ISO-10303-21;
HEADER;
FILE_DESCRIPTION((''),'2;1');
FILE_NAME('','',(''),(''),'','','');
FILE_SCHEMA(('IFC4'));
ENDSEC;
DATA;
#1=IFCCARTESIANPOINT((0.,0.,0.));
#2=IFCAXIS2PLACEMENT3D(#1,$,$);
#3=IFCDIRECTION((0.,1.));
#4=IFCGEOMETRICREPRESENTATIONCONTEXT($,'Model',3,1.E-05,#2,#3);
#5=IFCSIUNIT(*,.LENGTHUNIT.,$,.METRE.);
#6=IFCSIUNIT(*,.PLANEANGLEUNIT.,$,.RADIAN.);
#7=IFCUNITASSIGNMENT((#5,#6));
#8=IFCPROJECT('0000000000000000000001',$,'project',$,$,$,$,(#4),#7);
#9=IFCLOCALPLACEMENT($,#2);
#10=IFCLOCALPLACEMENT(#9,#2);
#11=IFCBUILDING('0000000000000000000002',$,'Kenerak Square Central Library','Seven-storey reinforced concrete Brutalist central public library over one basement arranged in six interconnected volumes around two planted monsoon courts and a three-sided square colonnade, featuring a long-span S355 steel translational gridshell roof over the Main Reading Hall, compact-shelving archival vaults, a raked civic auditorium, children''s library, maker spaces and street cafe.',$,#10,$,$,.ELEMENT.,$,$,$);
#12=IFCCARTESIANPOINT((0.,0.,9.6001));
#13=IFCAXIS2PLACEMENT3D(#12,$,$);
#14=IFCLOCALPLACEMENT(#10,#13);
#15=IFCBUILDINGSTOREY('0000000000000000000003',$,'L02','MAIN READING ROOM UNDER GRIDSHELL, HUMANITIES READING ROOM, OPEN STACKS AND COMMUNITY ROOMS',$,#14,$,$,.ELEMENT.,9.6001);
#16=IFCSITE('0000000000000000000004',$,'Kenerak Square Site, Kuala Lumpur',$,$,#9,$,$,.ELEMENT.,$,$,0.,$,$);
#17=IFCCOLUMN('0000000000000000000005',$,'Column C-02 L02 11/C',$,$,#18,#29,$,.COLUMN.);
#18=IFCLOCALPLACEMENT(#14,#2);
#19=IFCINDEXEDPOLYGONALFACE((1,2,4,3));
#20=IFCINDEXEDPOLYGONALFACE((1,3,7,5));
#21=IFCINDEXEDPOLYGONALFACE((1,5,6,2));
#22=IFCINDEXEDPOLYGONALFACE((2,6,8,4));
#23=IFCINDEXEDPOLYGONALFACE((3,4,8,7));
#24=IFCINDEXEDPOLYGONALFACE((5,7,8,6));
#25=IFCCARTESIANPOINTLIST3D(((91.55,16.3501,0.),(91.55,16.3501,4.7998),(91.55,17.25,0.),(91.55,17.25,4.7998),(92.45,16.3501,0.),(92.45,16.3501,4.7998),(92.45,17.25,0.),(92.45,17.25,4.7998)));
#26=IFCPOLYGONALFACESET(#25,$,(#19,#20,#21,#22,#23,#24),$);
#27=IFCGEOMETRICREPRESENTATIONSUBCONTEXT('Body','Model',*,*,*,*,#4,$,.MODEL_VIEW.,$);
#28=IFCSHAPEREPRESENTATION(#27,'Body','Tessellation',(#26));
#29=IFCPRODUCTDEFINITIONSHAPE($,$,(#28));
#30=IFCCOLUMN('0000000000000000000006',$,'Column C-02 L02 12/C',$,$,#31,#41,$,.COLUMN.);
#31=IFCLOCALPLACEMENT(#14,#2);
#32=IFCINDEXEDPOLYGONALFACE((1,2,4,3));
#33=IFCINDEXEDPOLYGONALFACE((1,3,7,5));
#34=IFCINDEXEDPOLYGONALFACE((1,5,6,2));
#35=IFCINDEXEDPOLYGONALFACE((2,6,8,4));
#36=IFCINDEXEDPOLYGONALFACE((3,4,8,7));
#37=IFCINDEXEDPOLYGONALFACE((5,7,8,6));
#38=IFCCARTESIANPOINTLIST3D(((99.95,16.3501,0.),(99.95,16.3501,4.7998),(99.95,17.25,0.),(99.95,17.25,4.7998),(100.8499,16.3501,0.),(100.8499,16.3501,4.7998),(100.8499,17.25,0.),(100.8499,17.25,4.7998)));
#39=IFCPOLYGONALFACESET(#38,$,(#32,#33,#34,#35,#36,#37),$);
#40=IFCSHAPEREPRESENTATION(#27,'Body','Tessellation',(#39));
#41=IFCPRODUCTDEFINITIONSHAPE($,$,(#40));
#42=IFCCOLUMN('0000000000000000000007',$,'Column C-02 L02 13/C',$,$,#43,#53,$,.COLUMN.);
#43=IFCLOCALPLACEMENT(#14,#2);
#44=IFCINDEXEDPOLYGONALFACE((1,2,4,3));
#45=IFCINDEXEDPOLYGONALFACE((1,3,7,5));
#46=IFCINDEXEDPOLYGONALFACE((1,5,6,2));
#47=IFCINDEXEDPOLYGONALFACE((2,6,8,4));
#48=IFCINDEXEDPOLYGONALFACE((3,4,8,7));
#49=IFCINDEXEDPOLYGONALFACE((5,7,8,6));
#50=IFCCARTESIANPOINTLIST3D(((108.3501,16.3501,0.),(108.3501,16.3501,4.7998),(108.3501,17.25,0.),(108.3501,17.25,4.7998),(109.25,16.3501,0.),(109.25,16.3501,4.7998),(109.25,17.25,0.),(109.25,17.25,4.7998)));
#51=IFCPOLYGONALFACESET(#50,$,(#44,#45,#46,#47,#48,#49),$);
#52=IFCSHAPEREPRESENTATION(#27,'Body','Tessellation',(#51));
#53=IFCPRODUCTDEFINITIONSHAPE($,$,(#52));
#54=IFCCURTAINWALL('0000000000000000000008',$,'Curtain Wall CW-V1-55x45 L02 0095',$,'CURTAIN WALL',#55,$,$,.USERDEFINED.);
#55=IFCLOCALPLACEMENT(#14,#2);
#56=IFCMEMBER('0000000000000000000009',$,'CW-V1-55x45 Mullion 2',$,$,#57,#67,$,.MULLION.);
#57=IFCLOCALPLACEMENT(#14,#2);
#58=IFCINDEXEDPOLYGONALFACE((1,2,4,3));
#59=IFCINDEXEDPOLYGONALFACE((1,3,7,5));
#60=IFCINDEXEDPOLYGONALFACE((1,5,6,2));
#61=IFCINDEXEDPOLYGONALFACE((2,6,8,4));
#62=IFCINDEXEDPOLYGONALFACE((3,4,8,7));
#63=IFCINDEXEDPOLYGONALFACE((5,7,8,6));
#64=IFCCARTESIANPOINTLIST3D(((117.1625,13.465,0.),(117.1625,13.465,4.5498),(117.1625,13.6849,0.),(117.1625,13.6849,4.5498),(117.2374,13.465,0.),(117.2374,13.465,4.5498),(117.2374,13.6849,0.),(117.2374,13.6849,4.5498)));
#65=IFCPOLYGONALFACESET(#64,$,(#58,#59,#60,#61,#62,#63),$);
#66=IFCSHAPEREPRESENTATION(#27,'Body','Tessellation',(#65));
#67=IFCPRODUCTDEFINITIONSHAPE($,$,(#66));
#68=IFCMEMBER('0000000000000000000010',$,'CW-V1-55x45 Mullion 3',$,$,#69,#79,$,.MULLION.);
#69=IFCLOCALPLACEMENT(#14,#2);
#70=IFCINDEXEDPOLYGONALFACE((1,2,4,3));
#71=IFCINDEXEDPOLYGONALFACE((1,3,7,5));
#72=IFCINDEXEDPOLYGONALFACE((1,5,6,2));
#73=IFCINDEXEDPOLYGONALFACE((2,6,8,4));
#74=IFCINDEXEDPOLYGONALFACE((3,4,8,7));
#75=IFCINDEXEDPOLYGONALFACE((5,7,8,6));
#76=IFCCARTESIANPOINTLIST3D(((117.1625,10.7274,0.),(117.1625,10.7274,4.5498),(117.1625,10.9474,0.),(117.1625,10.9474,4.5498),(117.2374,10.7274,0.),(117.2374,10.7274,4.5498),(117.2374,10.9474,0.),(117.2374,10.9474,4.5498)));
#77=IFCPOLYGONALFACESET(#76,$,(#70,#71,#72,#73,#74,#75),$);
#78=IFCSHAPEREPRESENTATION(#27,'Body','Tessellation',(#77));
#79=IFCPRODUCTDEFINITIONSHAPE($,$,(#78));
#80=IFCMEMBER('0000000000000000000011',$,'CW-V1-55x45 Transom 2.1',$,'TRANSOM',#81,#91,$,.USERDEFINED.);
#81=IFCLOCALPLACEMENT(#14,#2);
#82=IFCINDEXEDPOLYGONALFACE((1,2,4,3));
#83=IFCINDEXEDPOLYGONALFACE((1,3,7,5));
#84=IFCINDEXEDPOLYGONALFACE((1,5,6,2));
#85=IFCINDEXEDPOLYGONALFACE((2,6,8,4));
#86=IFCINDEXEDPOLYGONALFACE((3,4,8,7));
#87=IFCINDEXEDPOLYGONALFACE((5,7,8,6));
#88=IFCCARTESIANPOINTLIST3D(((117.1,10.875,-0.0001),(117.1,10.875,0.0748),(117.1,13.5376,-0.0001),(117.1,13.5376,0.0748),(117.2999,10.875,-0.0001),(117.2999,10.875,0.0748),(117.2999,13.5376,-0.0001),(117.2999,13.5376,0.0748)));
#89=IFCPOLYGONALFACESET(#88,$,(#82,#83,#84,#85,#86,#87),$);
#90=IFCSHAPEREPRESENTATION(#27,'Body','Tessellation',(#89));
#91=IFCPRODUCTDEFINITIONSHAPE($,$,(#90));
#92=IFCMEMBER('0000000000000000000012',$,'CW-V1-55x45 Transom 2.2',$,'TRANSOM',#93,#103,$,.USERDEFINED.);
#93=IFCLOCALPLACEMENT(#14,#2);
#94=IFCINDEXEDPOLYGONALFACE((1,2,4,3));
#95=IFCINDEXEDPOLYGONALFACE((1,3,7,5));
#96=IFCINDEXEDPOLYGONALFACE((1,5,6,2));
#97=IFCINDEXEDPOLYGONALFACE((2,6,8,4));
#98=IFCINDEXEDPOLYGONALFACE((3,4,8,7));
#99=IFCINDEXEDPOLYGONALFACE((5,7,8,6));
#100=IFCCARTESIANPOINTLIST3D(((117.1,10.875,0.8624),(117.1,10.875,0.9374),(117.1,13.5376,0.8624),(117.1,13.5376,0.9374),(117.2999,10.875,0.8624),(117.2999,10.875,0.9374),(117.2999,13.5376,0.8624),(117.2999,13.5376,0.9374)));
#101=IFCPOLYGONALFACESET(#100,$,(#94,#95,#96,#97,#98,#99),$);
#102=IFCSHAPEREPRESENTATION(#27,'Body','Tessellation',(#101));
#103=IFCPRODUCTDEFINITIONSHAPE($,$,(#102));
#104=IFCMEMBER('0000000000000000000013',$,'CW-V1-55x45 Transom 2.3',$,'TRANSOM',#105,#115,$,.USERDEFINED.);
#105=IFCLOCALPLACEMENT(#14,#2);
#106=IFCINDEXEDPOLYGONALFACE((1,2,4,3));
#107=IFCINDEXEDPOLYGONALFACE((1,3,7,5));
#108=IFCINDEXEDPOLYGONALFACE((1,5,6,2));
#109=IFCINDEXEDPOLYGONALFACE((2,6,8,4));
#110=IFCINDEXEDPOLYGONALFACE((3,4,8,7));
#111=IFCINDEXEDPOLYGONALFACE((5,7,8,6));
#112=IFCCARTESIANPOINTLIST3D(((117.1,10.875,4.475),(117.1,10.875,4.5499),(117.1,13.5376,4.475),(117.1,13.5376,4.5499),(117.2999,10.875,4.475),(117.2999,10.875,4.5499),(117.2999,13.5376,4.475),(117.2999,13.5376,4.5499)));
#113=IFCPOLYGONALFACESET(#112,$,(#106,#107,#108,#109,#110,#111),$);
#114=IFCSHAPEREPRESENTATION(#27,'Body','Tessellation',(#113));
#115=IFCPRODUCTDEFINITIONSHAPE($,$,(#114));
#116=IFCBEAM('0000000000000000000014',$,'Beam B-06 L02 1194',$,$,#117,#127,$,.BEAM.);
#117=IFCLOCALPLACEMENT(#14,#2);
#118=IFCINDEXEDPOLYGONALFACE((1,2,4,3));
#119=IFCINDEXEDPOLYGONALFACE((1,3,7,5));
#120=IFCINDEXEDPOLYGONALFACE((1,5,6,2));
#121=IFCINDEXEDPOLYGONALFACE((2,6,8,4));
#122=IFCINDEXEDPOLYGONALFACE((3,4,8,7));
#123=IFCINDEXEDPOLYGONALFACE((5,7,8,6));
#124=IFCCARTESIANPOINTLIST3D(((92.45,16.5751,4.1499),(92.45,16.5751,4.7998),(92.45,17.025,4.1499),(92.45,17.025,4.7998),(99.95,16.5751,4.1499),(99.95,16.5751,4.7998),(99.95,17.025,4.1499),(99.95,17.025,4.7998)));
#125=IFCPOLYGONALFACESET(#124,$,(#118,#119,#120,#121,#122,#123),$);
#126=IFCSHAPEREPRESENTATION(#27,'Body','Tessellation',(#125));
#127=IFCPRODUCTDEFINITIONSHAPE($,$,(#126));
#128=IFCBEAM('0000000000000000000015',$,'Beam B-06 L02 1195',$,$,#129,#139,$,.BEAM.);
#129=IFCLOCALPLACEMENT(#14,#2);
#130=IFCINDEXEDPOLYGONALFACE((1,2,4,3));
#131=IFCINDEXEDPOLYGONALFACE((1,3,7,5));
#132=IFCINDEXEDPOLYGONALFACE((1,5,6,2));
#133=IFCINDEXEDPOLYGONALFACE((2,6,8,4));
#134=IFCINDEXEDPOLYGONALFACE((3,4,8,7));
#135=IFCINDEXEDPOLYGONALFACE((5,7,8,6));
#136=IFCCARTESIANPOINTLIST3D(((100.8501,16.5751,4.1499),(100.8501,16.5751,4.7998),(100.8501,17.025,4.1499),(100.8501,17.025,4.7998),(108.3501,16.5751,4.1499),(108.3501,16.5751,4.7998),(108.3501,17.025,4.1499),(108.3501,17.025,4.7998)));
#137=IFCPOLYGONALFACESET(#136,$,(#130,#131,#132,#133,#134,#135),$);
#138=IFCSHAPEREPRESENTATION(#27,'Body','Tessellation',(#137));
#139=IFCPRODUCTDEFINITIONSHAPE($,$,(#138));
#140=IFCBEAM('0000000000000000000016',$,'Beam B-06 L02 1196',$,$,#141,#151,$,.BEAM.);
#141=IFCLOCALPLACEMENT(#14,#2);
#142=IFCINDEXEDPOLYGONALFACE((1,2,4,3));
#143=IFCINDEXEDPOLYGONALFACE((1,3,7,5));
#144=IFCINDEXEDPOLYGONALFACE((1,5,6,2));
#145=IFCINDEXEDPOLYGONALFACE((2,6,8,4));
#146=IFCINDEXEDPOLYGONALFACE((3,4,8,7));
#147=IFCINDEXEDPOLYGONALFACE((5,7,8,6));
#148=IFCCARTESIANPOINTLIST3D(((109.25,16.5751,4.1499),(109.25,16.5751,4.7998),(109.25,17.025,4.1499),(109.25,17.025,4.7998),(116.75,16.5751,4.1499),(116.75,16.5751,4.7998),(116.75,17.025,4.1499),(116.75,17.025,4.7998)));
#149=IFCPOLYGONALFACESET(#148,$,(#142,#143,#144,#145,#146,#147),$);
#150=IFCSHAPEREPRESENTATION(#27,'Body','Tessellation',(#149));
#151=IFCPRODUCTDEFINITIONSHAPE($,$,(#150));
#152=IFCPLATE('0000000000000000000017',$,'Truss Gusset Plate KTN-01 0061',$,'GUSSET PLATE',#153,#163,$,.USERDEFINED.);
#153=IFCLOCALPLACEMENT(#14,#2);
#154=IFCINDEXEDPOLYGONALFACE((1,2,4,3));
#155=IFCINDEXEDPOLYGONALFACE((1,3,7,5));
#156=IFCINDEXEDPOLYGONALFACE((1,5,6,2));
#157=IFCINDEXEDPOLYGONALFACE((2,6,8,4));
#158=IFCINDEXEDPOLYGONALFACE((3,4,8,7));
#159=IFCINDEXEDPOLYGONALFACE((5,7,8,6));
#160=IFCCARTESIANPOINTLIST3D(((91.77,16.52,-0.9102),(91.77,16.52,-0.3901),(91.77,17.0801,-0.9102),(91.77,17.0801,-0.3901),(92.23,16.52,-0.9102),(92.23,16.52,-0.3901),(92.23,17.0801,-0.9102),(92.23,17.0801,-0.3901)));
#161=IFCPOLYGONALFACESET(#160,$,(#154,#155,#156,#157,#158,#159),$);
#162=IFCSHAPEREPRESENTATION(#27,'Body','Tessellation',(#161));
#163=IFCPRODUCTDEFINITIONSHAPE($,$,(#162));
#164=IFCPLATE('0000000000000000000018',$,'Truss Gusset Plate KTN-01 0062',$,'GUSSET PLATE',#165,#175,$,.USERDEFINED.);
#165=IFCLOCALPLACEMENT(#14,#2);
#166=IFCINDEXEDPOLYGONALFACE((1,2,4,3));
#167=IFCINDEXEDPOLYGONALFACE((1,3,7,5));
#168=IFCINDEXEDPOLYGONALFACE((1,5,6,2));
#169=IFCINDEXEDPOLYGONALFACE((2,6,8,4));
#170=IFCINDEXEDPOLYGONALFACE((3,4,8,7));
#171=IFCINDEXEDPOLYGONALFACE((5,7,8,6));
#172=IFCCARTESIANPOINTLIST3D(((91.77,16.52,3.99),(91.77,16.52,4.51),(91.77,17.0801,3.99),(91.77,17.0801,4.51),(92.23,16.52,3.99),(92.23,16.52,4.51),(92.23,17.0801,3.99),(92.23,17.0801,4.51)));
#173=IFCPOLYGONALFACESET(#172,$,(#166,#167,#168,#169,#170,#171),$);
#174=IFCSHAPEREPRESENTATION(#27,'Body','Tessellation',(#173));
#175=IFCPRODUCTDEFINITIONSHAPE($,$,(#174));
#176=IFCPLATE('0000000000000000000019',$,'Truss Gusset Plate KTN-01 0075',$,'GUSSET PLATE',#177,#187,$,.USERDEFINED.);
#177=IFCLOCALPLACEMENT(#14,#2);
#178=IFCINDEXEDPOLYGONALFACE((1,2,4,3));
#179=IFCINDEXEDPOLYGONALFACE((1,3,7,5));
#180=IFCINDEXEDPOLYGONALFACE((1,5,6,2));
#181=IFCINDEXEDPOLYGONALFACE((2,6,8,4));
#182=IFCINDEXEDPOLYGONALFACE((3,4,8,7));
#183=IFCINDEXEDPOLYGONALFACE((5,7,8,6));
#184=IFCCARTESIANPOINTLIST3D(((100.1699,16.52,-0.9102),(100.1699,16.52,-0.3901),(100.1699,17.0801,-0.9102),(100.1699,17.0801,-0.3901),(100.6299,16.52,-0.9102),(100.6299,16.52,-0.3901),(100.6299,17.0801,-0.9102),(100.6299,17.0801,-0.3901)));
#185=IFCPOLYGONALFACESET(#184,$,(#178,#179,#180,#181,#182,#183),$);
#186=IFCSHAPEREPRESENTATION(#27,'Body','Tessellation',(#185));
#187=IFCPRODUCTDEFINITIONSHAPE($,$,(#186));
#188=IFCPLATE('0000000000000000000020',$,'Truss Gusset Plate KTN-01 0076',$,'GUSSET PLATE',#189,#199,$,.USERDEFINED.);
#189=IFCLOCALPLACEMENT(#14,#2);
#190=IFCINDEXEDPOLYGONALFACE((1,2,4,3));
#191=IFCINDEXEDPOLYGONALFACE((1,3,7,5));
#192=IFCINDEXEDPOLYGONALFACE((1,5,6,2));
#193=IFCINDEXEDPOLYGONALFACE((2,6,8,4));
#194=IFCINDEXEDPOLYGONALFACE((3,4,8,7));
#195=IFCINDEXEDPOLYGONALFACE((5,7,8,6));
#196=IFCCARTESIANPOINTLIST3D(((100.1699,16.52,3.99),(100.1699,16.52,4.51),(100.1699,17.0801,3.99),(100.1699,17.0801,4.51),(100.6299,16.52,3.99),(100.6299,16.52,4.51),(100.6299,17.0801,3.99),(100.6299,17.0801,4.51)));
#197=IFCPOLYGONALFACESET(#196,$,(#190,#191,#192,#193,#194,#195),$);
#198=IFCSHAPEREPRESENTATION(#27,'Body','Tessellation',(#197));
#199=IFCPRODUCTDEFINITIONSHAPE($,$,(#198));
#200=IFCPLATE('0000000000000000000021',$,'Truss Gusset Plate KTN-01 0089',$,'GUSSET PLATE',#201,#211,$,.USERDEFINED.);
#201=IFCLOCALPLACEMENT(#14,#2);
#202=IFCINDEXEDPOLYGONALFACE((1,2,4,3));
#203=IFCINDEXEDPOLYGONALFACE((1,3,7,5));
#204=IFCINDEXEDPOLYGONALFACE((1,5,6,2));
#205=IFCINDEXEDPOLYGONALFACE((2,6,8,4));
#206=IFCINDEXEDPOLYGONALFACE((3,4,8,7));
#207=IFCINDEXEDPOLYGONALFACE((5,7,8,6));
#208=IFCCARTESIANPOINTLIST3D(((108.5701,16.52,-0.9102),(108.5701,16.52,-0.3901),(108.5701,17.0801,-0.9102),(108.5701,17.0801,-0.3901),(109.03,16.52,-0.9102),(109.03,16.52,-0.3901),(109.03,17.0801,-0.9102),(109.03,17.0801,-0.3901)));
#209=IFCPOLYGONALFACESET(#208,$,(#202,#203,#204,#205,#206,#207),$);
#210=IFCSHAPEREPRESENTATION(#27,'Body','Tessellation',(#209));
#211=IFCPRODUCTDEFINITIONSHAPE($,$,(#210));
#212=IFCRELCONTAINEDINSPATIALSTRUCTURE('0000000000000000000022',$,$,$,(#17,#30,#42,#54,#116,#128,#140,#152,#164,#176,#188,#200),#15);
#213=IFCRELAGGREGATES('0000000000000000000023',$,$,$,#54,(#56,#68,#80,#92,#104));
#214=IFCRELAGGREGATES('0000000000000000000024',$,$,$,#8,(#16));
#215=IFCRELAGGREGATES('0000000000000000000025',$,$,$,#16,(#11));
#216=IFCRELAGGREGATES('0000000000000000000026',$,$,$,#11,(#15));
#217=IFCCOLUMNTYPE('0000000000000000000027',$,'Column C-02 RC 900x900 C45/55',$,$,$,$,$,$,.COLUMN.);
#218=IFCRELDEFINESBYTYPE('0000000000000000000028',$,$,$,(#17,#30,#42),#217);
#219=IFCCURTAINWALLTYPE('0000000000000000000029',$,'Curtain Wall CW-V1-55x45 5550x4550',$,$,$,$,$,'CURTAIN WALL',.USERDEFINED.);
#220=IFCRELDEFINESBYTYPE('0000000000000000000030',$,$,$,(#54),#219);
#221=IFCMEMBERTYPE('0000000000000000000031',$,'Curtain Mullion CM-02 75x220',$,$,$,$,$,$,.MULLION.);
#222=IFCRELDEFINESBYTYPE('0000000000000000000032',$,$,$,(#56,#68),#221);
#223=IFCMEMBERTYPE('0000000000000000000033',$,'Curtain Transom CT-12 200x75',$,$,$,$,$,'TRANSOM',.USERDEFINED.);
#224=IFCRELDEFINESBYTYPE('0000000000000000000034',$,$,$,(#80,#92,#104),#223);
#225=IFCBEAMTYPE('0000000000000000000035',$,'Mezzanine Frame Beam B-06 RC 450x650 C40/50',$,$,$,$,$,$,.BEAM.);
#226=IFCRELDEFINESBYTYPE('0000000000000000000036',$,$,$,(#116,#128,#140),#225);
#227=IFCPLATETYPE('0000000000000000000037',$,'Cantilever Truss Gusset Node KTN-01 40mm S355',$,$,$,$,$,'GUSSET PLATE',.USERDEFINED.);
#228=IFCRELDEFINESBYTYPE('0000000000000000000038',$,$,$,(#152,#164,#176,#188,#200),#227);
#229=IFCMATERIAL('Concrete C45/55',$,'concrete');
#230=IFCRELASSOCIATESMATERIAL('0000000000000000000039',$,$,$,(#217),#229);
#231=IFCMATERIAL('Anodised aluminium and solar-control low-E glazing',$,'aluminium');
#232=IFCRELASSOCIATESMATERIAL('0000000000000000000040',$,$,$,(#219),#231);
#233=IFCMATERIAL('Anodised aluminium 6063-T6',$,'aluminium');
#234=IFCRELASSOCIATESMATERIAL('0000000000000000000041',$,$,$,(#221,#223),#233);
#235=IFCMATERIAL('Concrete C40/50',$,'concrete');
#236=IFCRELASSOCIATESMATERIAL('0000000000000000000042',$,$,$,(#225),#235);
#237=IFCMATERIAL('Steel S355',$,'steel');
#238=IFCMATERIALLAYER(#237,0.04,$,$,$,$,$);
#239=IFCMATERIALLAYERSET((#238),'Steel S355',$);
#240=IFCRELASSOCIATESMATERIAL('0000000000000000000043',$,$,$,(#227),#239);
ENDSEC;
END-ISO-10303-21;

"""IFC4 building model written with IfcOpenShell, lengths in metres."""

from ifc_helpers import new_model, si_unit, direction, frame, origin, origin_2d, place, context, subcontext, project, spatial, rectangle, extrude, material, layer, layer_set, material_profile, profile_set, type_object, element, aggregate, save


model = new_model("IFC4")

# Units and contexts
model_context = context("Model", 3, precision=1e-05, world=origin(), true_north=direction((0.0, 1.0)))
body_context = subcontext(model_context, "Body", "Model", "MODEL_VIEW")
ifc_project = project(units=[si_unit("LENGTHUNIT", "METRE"), si_unit("PLANEANGLEUNIT", "RADIAN")], contexts=[model_context])

# Site, building, storey
site_placement = place(None, origin())
site = spatial("IfcSite", under=ifc_project, at=site_placement, Name="Kenerak Square Site, Kuala Lumpur", CompositionType="ELEMENT", RefElevation=0.0)
building_placement = place(site_placement, origin())
building = spatial("IfcBuilding", under=site, at=building_placement, Name="Kenerak Square Central Library", Description="Seven-storey reinforced concrete Brutalist central public library over one basement arranged in six interconnected volumes around two planted monsoon courts and a three-sided square colonnade, featuring a long-span S355 steel translational gridshell roof over the Main Reading Hall, compact-shelving archival vaults, a raked civic auditorium, children's library, maker spaces and street cafe.", CompositionType="ELEMENT")
storey_placement = place(building_placement, frame((0.0, 0.0, 9.6001)))
storey = spatial("IfcBuildingStorey", under=building, at=storey_placement, Name="L02", Description="MAIN READING ROOM UNDER GRIDSHELL, HUMANITIES READING ROOM, OPEN STACKS AND COMMUNITY ROOMS", CompositionType="ELEMENT", Elevation=9.6001)

# Columns
ifc_material_1 = material(Name="Concrete C45/55", Category="concrete")
ifc_material_profile_1 = material_profile(ifc_material_1, rectangle(XDim=0.8999, YDim=0.8999, at=origin_2d()), Name="RC 900x900")
ifc_profile_set_1 = profile_set([ifc_material_profile_1], Name="Concrete C45/55")
column_type = type_object("IfcColumnType", Name="Column C-02 RC 900x900 C45/55", PredefinedType="COLUMN", material=ifc_profile_set_1)
for number, where, z_axis, x_axis, name in (
    (1, (92.0, 16.8, 0.0), (0.0, 0.0, 1.0), (1.0, 0.0, 0.0), "Column C-02 L02 11/C"),
    (2, (100.3999, 16.8, 0.0), (0.0, 0.0, 1.0), (1.0, 0.0, 0.0), "Column C-02 L02 12/C"),
    (3, (108.8, 16.8, 0.0), (0.0, 0.0, 1.0), (1.0, 0.0, 0.0), "Column C-02 L02 13/C"),
):
    element("IfcColumn", number, at=place(storey_placement, frame(where, z_axis=z_axis, x_axis=x_axis)), inside=storey, type_object=column_type, Name=name, PredefinedType="COLUMN", context=body_context, shape_type="SweptSolid", body=[
        extrude(rectangle(XDim=0.8999, YDim=0.8999, at=origin_2d()), origin(), (0.0, 0.0, 1.0), 4.7998),
    ])

# Curtain wall, members
ifc_material_2 = material(Name="Anodised aluminium and solar-control low-E glazing", Category="aluminium")
curtain_wall_type = type_object("IfcCurtainWallType", Name="Curtain Wall CW-V1-55x45 5550x4550", ElementType="CURTAIN WALL", PredefinedType="USERDEFINED", material=ifc_material_2)
curtain_wall_placement = place(storey_placement, origin())
curtain_wall = element("IfcCurtainWall", 4, at=curtain_wall_placement, inside=storey, type_object=curtain_wall_type, Name="Curtain Wall CW-V1-55x45 L02 0095", ObjectType="CURTAIN WALL", PredefinedType="USERDEFINED")
ifc_material_3 = material(Name="Anodised aluminium 6063-T6", Category="aluminium")
ifc_material_profile_2 = material_profile(ifc_material_3, rectangle(XDim=0.075, YDim=0.22, at=origin_2d()), Name="AL MULLION 75x220")
ifc_profile_set_2 = profile_set([ifc_material_profile_2], Name="Anodised aluminium 6063-T6")
member_type_1 = type_object("IfcMemberType", Name="Curtain Mullion CM-02 75x220", PredefinedType="MULLION", material=ifc_profile_set_2)
member_1_placement = place(storey_placement, frame((117.2, 13.575, 0.0), z_axis=(0.0, 0.0, 1.0), x_axis=(1.0, 0.0, 0.0)))
member_1 = element("IfcMember", 5, at=member_1_placement, type_object=member_type_1, Name="CW-V1-55x45 Mullion 2", PredefinedType="MULLION", context=body_context, shape_type="SweptSolid", body=[
    extrude(rectangle(XDim=0.075, YDim=0.22, at=origin_2d()), origin(), (0.0, 0.0, 1.0), 4.5498),
])
member_2_placement = place(storey_placement, frame((117.2, 10.8374, 0.0), z_axis=(0.0, 0.0, 1.0), x_axis=(1.0, 0.0, 0.0)))
member_2 = element("IfcMember", 6, at=member_2_placement, type_object=member_type_1, Name="CW-V1-55x45 Mullion 3", PredefinedType="MULLION", context=body_context, shape_type="SweptSolid", body=[
    extrude(rectangle(XDim=0.075, YDim=0.22, at=origin_2d()), origin(), (0.0, 0.0, 1.0), 4.5498),
])
ifc_material_profile_3 = material_profile(ifc_material_3, rectangle(XDim=0.2, YDim=0.075, at=origin_2d()), Name="AL TRANSOM 200x75")
ifc_profile_set_3 = profile_set([ifc_material_profile_3], Name="Anodised aluminium 6063-T6")
member_type_2 = type_object("IfcMemberType", Name="Curtain Transom CT-12 200x75", ElementType="TRANSOM", PredefinedType="USERDEFINED", material=ifc_profile_set_3)
member_3_placement = place(storey_placement, frame((117.2, 13.5376, 0.0374), z_axis=(0.0, -1.0, 0.0), x_axis=(1.0, 0.0, 0.0)))
member_3 = element("IfcMember", 7, at=member_3_placement, type_object=member_type_2, Name="CW-V1-55x45 Transom 2.1", ObjectType="TRANSOM", PredefinedType="USERDEFINED", context=body_context, shape_type="SweptSolid", body=[
    extrude(rectangle(XDim=0.2, YDim=0.075, at=origin_2d()), origin(), (0.0, 0.0, 1.0), 2.6626),
])
member_4_placement = place(storey_placement, frame((117.2, 13.5376, 0.8999), z_axis=(0.0, -1.0, 0.0), x_axis=(1.0, 0.0, 0.0)))
member_4 = element("IfcMember", 8, at=member_4_placement, type_object=member_type_2, Name="CW-V1-55x45 Transom 2.2", ObjectType="TRANSOM", PredefinedType="USERDEFINED", context=body_context, shape_type="SweptSolid", body=[
    extrude(rectangle(XDim=0.2, YDim=0.075, at=origin_2d()), origin(), (0.0, 0.0, 1.0), 2.6626),
])
member_5_placement = place(storey_placement, frame((117.2, 13.5376, 4.5125), z_axis=(0.0, -1.0, 0.0), x_axis=(1.0, 0.0, 0.0)))
member_5 = element("IfcMember", 9, at=member_5_placement, type_object=member_type_2, Name="CW-V1-55x45 Transom 2.3", ObjectType="TRANSOM", PredefinedType="USERDEFINED", context=body_context, shape_type="SweptSolid", body=[
    extrude(rectangle(XDim=0.2, YDim=0.075, at=origin_2d()), origin(), (0.0, 0.0, 1.0), 2.6626),
])

# Beams
ifc_material_4 = material(Name="Concrete C40/50", Category="concrete")
ifc_material_profile_4 = material_profile(ifc_material_4, rectangle(XDim=0.45, YDim=0.6499, at=origin_2d()), Name="RC 450x650")
ifc_profile_set_4 = profile_set([ifc_material_profile_4], Name="Concrete C40/50")
beam_type = type_object("IfcBeamType", Name="Mezzanine Frame Beam B-06 RC 450x650 C40/50", PredefinedType="BEAM", material=ifc_profile_set_4)
for number, where, z_axis, x_axis, name in (
    (10, (92.45, 16.8, 4.4749), (1.0, 0.0, 0.0), (0.0, 1.0, 0.0), "Beam B-06 L02 1194"),
    (11, (100.8501, 16.8, 4.4749), (1.0, 0.0, 0.0), (0.0, 1.0, 0.0), "Beam B-06 L02 1195"),
    (12, (109.25, 16.8, 4.4749), (1.0, 0.0, 0.0), (0.0, 1.0, 0.0), "Beam B-06 L02 1196"),
):
    element("IfcBeam", number, at=place(storey_placement, frame(where, z_axis=z_axis, x_axis=x_axis)), inside=storey, type_object=beam_type, Name=name, PredefinedType="BEAM", context=body_context, shape_type="SweptSolid", body=[
        extrude(rectangle(XDim=0.45, YDim=0.6499, at=origin_2d()), origin(), (0.0, 0.0, 1.0), 7.5),
    ])

# Plates
ifc_material_5 = material(Name="Steel S355", Category="steel")
ifc_layer_1 = layer(ifc_material_5, 0.04)
ifc_layer_set_1 = layer_set([ifc_layer_1], Name="Steel S355")
plate_type_1 = type_object("IfcPlateType", Name="Cantilever Truss Gusset Node KTN-01 40mm S355", ElementType="GUSSET PLATE", PredefinedType="USERDEFINED", material=ifc_layer_set_1)
for number, where, z_axis, x_axis, name in (
    (13, (92.0, 16.8, -0.9102), (0.0, 0.0, 1.0), (1.0, 0.0, 0.0), "Truss Gusset Plate KTN-01 0061"),
    (14, (92.0, 16.8, 3.99), (0.0, 0.0, 1.0), (1.0, 0.0, 0.0), "Truss Gusset Plate KTN-01 0062"),
    (15, (100.3999, 16.8, -0.9102), (0.0, 0.0, 1.0), (1.0, 0.0, 0.0), "Truss Gusset Plate KTN-01 0075"),
    (16, (100.3999, 16.8, 3.99), (0.0, 0.0, 1.0), (1.0, 0.0, 0.0), "Truss Gusset Plate KTN-01 0076"),
    (17, (108.8, 16.8, -0.9102), (0.0, 0.0, 1.0), (1.0, 0.0, 0.0), "Truss Gusset Plate KTN-01 0089"),
):
    element("IfcPlate", number, at=place(storey_placement, frame(where, z_axis=z_axis, x_axis=x_axis)), inside=storey, type_object=plate_type_1, Name=name, ObjectType="GUSSET PLATE", PredefinedType="USERDEFINED", context=body_context, shape_type="SweptSolid", body=[
        extrude(rectangle(XDim=0.46, YDim=0.5601, at=origin_2d()), origin(), (0.0, 0.0, 1.0), 0.52),
    ])

aggregate(curtain_wall, [member_1, member_2, member_3, member_4, member_5])

save(model, "model.ifc")
